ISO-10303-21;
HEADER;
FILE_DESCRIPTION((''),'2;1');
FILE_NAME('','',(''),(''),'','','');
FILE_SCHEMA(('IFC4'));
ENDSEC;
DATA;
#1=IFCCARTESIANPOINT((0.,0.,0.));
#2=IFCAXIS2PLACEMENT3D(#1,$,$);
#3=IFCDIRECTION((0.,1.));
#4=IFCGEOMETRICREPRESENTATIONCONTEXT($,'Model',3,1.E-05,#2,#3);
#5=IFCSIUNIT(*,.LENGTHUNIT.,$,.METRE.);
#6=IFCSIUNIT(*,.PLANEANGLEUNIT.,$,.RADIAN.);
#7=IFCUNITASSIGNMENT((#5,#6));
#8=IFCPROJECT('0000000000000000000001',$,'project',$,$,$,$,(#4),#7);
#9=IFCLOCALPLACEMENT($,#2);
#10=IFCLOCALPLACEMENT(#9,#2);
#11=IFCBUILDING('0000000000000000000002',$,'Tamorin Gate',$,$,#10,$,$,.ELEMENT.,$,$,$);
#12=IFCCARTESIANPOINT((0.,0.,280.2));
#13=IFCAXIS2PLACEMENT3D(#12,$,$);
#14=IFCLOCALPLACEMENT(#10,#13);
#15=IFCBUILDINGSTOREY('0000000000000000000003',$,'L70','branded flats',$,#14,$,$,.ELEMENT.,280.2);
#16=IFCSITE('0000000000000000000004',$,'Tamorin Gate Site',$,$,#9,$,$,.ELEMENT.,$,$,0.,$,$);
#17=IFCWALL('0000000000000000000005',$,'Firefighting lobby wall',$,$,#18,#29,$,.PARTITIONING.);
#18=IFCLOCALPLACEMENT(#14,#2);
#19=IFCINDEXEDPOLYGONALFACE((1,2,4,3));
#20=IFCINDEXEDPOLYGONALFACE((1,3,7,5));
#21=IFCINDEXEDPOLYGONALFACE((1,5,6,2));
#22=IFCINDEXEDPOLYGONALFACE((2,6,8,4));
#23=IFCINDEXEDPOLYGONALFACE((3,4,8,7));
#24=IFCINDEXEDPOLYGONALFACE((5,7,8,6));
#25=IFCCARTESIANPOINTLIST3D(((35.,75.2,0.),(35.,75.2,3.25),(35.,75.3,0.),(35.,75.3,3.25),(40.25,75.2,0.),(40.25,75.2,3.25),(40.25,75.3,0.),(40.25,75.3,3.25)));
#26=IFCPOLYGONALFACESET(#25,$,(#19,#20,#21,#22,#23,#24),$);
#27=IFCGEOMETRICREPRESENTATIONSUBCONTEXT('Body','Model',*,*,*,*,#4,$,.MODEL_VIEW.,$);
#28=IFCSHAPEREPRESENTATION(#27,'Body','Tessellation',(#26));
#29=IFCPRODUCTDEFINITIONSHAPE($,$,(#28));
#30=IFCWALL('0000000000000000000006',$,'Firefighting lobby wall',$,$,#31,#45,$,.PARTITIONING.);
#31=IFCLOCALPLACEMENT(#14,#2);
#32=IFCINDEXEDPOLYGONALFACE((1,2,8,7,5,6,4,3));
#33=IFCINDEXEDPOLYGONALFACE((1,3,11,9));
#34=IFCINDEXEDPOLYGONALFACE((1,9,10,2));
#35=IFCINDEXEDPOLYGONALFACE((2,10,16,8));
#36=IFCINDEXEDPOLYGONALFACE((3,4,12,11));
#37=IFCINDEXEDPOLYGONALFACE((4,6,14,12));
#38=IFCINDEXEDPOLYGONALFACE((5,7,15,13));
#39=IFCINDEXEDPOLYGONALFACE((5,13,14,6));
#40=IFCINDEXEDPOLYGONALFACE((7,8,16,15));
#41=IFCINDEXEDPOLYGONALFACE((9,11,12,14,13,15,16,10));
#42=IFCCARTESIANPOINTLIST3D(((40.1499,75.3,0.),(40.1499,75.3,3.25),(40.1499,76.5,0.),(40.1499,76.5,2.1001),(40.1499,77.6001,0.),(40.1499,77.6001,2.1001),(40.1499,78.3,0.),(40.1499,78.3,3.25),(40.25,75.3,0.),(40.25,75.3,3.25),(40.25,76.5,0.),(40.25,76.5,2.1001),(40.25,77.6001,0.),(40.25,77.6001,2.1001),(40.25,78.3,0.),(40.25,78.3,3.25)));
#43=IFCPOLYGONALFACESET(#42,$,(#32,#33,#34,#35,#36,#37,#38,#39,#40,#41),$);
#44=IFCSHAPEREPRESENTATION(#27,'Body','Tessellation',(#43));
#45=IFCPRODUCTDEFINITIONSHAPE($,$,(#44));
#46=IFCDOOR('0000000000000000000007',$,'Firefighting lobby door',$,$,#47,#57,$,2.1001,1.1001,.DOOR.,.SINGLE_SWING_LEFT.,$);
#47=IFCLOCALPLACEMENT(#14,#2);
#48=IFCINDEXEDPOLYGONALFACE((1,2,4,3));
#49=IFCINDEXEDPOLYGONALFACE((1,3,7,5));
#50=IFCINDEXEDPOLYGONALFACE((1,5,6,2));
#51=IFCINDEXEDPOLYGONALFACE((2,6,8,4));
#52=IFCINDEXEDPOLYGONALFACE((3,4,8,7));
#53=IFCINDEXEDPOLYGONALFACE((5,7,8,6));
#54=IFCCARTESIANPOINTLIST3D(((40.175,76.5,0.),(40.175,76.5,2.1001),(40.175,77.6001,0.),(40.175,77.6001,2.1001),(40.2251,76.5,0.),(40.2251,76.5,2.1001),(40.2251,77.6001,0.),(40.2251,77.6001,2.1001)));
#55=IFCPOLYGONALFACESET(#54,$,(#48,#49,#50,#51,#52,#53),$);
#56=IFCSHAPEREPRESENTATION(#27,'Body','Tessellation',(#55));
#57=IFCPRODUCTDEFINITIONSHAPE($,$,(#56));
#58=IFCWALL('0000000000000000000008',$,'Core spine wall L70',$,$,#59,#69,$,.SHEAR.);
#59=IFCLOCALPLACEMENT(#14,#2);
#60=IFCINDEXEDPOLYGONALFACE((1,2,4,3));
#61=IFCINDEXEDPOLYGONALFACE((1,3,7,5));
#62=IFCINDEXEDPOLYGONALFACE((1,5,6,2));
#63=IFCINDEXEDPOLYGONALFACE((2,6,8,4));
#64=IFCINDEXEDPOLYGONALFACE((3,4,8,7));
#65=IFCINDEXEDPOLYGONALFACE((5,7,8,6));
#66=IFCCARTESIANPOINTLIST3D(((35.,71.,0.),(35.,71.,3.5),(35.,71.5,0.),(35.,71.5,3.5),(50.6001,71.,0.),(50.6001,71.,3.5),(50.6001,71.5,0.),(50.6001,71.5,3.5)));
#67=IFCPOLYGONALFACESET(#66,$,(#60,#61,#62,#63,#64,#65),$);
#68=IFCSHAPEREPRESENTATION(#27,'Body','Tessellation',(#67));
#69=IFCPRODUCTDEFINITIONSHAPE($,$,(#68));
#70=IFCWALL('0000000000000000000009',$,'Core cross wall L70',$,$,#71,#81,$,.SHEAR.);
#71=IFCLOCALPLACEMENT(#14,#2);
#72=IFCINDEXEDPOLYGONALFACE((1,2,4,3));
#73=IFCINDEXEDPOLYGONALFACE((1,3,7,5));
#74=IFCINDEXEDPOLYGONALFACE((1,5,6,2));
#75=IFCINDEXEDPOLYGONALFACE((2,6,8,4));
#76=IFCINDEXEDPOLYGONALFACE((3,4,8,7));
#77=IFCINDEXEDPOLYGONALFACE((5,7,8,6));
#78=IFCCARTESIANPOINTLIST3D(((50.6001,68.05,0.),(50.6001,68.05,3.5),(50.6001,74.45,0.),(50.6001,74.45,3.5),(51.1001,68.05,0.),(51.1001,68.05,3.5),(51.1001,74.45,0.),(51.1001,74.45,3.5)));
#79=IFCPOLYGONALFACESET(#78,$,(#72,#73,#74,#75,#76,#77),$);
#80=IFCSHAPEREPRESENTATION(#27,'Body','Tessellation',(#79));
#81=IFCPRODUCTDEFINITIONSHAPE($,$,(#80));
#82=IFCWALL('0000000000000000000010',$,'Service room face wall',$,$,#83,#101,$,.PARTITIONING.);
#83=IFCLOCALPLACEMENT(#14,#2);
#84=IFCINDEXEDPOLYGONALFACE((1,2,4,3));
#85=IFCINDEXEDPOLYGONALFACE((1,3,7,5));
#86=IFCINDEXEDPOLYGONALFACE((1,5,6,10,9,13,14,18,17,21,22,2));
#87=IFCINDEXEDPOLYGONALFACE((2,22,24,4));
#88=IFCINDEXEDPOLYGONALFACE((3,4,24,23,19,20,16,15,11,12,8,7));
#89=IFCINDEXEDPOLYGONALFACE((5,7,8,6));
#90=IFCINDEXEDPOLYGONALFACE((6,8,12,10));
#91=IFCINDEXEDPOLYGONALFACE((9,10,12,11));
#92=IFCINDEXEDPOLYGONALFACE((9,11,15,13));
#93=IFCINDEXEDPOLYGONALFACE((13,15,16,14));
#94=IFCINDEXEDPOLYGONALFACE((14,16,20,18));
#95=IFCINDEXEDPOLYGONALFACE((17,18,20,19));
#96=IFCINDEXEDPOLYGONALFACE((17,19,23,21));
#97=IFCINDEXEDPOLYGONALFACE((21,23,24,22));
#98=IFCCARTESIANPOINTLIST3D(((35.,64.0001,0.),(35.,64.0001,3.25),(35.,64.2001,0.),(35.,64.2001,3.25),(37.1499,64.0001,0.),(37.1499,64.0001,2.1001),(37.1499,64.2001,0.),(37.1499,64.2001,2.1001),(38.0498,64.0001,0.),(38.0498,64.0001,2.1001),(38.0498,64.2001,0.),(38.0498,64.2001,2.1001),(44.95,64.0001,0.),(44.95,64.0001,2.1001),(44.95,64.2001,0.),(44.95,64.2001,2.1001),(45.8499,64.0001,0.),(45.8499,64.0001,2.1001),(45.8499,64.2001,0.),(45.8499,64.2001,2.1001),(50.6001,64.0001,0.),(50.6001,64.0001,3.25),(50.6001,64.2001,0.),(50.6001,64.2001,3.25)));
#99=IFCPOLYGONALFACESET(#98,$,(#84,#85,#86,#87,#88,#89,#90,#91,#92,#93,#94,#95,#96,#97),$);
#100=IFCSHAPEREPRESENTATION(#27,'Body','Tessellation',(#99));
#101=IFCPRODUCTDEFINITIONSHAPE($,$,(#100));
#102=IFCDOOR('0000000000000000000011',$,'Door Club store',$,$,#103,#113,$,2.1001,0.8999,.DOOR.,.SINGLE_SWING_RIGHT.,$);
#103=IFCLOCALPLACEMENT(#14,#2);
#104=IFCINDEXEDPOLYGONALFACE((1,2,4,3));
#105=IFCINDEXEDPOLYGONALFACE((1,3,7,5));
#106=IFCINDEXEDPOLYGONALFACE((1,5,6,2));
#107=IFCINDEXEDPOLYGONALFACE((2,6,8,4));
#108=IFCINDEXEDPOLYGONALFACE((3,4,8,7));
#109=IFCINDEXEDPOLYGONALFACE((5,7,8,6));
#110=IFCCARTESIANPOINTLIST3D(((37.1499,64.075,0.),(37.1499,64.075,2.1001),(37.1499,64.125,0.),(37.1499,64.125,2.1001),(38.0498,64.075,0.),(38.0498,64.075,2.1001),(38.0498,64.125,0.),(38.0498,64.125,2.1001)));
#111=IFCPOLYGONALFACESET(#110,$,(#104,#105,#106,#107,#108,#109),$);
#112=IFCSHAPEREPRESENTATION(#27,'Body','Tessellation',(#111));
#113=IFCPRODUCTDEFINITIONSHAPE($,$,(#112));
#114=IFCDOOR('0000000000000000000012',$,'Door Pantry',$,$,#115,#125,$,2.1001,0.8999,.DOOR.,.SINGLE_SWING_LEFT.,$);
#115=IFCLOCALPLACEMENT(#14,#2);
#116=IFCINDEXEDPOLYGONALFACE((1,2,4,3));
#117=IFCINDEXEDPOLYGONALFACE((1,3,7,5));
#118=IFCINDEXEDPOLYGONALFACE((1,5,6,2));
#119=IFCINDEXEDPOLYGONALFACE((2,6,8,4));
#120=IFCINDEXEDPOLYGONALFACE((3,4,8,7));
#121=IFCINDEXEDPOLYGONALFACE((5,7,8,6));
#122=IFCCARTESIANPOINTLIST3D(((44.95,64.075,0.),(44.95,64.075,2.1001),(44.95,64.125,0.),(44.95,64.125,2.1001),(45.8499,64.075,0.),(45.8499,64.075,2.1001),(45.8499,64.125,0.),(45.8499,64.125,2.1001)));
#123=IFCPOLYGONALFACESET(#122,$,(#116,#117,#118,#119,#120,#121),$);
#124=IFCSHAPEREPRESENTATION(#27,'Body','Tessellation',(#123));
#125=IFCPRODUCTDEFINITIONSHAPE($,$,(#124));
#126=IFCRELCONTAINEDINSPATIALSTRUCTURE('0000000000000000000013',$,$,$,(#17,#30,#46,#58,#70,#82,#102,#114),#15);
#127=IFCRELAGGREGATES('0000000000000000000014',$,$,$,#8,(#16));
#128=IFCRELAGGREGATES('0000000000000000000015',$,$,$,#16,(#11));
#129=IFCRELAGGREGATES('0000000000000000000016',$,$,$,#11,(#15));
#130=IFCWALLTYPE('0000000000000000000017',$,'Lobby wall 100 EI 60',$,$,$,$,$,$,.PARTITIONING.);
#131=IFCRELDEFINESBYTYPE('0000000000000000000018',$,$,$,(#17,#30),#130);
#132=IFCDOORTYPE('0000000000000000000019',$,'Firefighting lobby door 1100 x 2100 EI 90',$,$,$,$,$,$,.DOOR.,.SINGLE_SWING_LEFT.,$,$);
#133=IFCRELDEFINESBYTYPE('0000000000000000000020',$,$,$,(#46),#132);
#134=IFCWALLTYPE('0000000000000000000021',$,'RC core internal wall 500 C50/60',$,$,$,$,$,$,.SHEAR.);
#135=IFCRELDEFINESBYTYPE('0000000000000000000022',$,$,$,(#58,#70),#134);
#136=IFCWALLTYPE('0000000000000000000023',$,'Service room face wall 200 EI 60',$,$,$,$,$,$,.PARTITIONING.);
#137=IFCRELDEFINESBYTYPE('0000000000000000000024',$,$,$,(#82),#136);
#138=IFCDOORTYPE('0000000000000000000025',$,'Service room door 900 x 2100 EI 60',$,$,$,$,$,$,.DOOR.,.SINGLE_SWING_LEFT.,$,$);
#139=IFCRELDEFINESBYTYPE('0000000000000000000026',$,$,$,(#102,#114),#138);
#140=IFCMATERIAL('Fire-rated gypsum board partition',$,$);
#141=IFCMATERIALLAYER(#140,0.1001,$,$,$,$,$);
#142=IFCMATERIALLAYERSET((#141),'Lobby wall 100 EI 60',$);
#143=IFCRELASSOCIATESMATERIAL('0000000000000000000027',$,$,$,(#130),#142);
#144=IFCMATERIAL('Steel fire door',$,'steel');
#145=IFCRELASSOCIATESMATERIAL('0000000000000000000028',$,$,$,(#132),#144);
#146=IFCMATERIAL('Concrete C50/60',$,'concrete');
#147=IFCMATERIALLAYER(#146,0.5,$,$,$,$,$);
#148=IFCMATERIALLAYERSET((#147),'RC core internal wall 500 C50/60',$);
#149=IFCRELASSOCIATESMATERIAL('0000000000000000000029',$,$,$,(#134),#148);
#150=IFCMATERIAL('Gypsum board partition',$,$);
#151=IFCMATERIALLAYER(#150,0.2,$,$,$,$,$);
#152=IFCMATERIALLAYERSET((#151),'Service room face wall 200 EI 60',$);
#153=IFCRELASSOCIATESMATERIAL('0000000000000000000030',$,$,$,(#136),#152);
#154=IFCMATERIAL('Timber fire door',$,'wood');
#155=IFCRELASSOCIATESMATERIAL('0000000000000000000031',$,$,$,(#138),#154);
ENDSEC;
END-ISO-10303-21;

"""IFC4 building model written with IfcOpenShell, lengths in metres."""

from ifc_helpers import new_model, si_unit, direction, frame, frame_2d, origin, place, context, subcontext, project, spatial, rectangle, extrude, material, layer, layer_set, type_object, element, fill, save


model = new_model("IFC4")

# Units and contexts
model_context = context("Model", 3, precision=1e-05, world=origin(), true_north=direction((0.0, 1.0)))
body_context = subcontext(model_context, "Body", "Model", "MODEL_VIEW")
ifc_project = project(units=[si_unit("LENGTHUNIT", "METRE"), si_unit("PLANEANGLEUNIT", "RADIAN")], contexts=[model_context])

# Site, building, storey
site_placement = place(None, origin())
site = spatial("IfcSite", under=ifc_project, at=site_placement, Name="Tamorin Gate Site", CompositionType="ELEMENT", RefElevation=0.0)
building_placement = place(site_placement, origin())
building = spatial("IfcBuilding", under=site, at=building_placement, Name="Tamorin Gate", CompositionType="ELEMENT")
storey_placement = place(building_placement, frame((0.0, 0.0, 280.2)))
storey = spatial("IfcBuildingStorey", under=building, at=storey_placement, Name="L70", Description="branded flats", CompositionType="ELEMENT", Elevation=280.2)

# Shared definitions
ifc_material_1 = material(Name="Concrete C50/60", Category="concrete")

# Wall
ifc_material_2 = material(Name="Fire-rated gypsum board partition")
ifc_layer_1 = layer(ifc_material_2, 0.1001)
ifc_layer_set_1 = layer_set([ifc_layer_1], Name="Lobby wall 100 EI 60")
wall_type_1 = type_object("IfcWallType", Name="Lobby wall 100 EI 60", PredefinedType="PARTITIONING", material=ifc_layer_set_1)
wall_1_placement = place(storey_placement, frame((35.0, 75.25, 0.0), z_axis=(0.0, 0.0, 1.0), x_axis=(1.0, 0.0, 0.0)))
element("IfcWall", 1, at=wall_1_placement, inside=storey, type_object=wall_type_1, Name="Firefighting lobby wall", PredefinedType="PARTITIONING", context=body_context, shape_type="SweptSolid", body=[
    extrude(rectangle(XDim=5.25, YDim=0.1001, at=frame_2d((2.625, 0.0))), origin(), (0.0, 0.0, 1.0), 3.25),
])

# Wall, opening, door
wall_2_placement = place(storey_placement, frame((40.2, 75.3, 0.0), z_axis=(0.0, 0.0, 1.0), x_axis=(0.0, 1.0, 0.0)))
wall_2 = element("IfcWall", 2, at=wall_2_placement, inside=storey, type_object=wall_type_1, Name="Firefighting lobby wall", PredefinedType="PARTITIONING", context=body_context, shape_type="SweptSolid", body=[
    extrude(rectangle(XDim=3.0, YDim=0.1001, at=frame_2d((1.5, 0.0))), origin(), (0.0, 0.0, 1.0), 3.25),
])
opening_1_placement = place(wall_2_placement, frame((1.2, 0.0, 0.0)))
opening_1 = element("IfcOpeningElement", 3, at=opening_1_placement, cuts=wall_2, PredefinedType="OPENING", context=body_context, shape_type="SweptSolid", body=[
    extrude(rectangle(XDim=1.1001, YDim=2.1001, at=frame_2d((0.55, 1.05))), frame((0.0, 0.0601, 0.0), z_axis=(0.0, -1.0, 0.0), x_axis=(1.0, 0.0, 0.0)), (0.0, 0.0, 1.0), 0.1201),
])
ifc_material_3 = material(Name="Steel fire door", Category="steel")
door_type_1 = type_object("IfcDoorType", Name="Firefighting lobby door 1100 x 2100 EI 90", OperationType="SINGLE_SWING_LEFT", PredefinedType="DOOR", material=ifc_material_3)
door_1_placement = place(opening_1_placement, origin())
door_1 = element("IfcDoor", 4, at=door_1_placement, inside=storey, type_object=door_type_1, Name="Firefighting lobby door", OperationType="SINGLE_SWING_LEFT", OverallHeight=2.1001, OverallWidth=1.1001, PredefinedType="DOOR", context=body_context, shape_type="SweptSolid", body=[
    extrude(rectangle(XDim=1.1001, YDim=2.1001, at=frame_2d((0.55, 1.05))), frame((0.0, 0.0249, 0.0), z_axis=(0.0, -1.0, 0.0), x_axis=(1.0, 0.0, 0.0)), (0.0, 0.0, 1.0), 0.05),
])
fill(opening_1, door_1)

# Walls
ifc_layer_2 = layer(ifc_material_1, 0.5)
ifc_layer_set_2 = layer_set([ifc_layer_2], Name="RC core internal wall 500 C50/60")
wall_type_2 = type_object("IfcWallType", Name="RC core internal wall 500 C50/60", PredefinedType="SHEAR", material=ifc_layer_set_2)
wall_3_placement = place(storey_placement, frame((35.0, 71.25, 0.0), z_axis=(0.0, 0.0, 1.0), x_axis=(1.0, 0.0, 0.0)))
element("IfcWall", 5, at=wall_3_placement, inside=storey, type_object=wall_type_2, Name="Core spine wall L70", PredefinedType="SHEAR", context=body_context, shape_type="SweptSolid", body=[
    extrude(rectangle(XDim=15.6001, YDim=0.5, at=frame_2d((7.8, 0.0))), origin(), (0.0, 0.0, 1.0), 3.5),
])
wall_4_placement = place(storey_placement, frame((50.8501, 68.05, 0.0), z_axis=(0.0, 0.0, 1.0), x_axis=(0.0, 1.0, 0.0)))
element("IfcWall", 6, at=wall_4_placement, inside=storey, type_object=wall_type_2, Name="Core cross wall L70", PredefinedType="SHEAR", context=body_context, shape_type="SweptSolid", body=[
    extrude(rectangle(XDim=6.3999, YDim=0.5, at=frame_2d((3.2, 0.0))), origin(), (0.0, 0.0, 1.0), 3.5),
])

# Wall, openings, doors
ifc_material_4 = material(Name="Gypsum board partition")
ifc_layer_3 = layer(ifc_material_4, 0.2)
ifc_layer_set_3 = layer_set([ifc_layer_3], Name="Service room face wall 200 EI 60")
wall_type_3 = type_object("IfcWallType", Name="Service room face wall 200 EI 60", PredefinedType="PARTITIONING", material=ifc_layer_set_3)
wall_5_placement = place(storey_placement, frame((35.0, 64.1001, 0.0), z_axis=(0.0, 0.0, 1.0), x_axis=(1.0, 0.0, 0.0)))
wall_5 = element("IfcWall", 7, at=wall_5_placement, inside=storey, type_object=wall_type_3, Name="Service room face wall", PredefinedType="PARTITIONING", context=body_context, shape_type="SweptSolid", body=[
    extrude(rectangle(XDim=15.6001, YDim=0.2, at=frame_2d((7.8, 0.0))), origin(), (0.0, 0.0, 1.0), 3.25),
])
opening_2_placement = place(wall_5_placement, frame((2.1499, 0.0, 0.0)))
opening_2 = element("IfcOpeningElement", 8, at=opening_2_placement, cuts=wall_5, PredefinedType="OPENING", context=body_context, shape_type="SweptSolid", body=[
    extrude(rectangle(XDim=0.8999, YDim=2.1001, at=frame_2d((0.45, 1.05))), frame((0.0, 0.1099, 0.0), z_axis=(0.0, -1.0, 0.0), x_axis=(1.0, 0.0, 0.0)), (0.0, 0.0, 1.0), 0.22),
])
opening_3_placement = place(wall_5_placement, frame((9.95, 0.0, 0.0)))
opening_3 = element("IfcOpeningElement", 9, at=opening_3_placement, cuts=wall_5, PredefinedType="OPENING", context=body_context, shape_type="SweptSolid", body=[
    extrude(rectangle(XDim=0.8999, YDim=2.1001, at=frame_2d((0.45, 1.05))), frame((0.0, 0.1099, 0.0), z_axis=(0.0, -1.0, 0.0), x_axis=(1.0, 0.0, 0.0)), (0.0, 0.0, 1.0), 0.22),
])
ifc_material_5 = material(Name="Timber fire door", Category="wood")
door_type_2 = type_object("IfcDoorType", Name="Service room door 900 x 2100 EI 60", OperationType="SINGLE_SWING_LEFT", PredefinedType="DOOR", material=ifc_material_5)
door_2_placement = place(opening_2_placement, origin())
door_2 = element("IfcDoor", 10, at=door_2_placement, inside=storey, type_object=door_type_2, Name="Door Club store", OperationType="SINGLE_SWING_RIGHT", OverallHeight=2.1001, OverallWidth=0.8999, PredefinedType="DOOR", context=body_context, shape_type="SweptSolid", body=[
    extrude(rectangle(XDim=0.8999, YDim=2.1001, at=frame_2d((0.45, 1.05))), frame((0.0, 0.0249, 0.0), z_axis=(0.0, -1.0, 0.0), x_axis=(1.0, 0.0, 0.0)), (0.0, 0.0, 1.0), 0.05),
])
fill(opening_2, door_2)
door_3_placement = place(opening_3_placement, origin())
door_3 = element("IfcDoor", 11, at=door_3_placement, inside=storey, type_object=door_type_2, Name="Door Pantry", OperationType="SINGLE_SWING_LEFT", OverallHeight=2.1001, OverallWidth=0.8999, PredefinedType="DOOR", context=body_context, shape_type="SweptSolid", body=[
    extrude(rectangle(XDim=0.8999, YDim=2.1001, at=frame_2d((0.45, 1.05))), frame((0.0, 0.0249, 0.0), z_axis=(0.0, -1.0, 0.0), x_axis=(1.0, 0.0, 0.0)), (0.0, 0.0, 1.0), 0.05),
])
fill(opening_3, door_3)

save(model, "model.ifc")
